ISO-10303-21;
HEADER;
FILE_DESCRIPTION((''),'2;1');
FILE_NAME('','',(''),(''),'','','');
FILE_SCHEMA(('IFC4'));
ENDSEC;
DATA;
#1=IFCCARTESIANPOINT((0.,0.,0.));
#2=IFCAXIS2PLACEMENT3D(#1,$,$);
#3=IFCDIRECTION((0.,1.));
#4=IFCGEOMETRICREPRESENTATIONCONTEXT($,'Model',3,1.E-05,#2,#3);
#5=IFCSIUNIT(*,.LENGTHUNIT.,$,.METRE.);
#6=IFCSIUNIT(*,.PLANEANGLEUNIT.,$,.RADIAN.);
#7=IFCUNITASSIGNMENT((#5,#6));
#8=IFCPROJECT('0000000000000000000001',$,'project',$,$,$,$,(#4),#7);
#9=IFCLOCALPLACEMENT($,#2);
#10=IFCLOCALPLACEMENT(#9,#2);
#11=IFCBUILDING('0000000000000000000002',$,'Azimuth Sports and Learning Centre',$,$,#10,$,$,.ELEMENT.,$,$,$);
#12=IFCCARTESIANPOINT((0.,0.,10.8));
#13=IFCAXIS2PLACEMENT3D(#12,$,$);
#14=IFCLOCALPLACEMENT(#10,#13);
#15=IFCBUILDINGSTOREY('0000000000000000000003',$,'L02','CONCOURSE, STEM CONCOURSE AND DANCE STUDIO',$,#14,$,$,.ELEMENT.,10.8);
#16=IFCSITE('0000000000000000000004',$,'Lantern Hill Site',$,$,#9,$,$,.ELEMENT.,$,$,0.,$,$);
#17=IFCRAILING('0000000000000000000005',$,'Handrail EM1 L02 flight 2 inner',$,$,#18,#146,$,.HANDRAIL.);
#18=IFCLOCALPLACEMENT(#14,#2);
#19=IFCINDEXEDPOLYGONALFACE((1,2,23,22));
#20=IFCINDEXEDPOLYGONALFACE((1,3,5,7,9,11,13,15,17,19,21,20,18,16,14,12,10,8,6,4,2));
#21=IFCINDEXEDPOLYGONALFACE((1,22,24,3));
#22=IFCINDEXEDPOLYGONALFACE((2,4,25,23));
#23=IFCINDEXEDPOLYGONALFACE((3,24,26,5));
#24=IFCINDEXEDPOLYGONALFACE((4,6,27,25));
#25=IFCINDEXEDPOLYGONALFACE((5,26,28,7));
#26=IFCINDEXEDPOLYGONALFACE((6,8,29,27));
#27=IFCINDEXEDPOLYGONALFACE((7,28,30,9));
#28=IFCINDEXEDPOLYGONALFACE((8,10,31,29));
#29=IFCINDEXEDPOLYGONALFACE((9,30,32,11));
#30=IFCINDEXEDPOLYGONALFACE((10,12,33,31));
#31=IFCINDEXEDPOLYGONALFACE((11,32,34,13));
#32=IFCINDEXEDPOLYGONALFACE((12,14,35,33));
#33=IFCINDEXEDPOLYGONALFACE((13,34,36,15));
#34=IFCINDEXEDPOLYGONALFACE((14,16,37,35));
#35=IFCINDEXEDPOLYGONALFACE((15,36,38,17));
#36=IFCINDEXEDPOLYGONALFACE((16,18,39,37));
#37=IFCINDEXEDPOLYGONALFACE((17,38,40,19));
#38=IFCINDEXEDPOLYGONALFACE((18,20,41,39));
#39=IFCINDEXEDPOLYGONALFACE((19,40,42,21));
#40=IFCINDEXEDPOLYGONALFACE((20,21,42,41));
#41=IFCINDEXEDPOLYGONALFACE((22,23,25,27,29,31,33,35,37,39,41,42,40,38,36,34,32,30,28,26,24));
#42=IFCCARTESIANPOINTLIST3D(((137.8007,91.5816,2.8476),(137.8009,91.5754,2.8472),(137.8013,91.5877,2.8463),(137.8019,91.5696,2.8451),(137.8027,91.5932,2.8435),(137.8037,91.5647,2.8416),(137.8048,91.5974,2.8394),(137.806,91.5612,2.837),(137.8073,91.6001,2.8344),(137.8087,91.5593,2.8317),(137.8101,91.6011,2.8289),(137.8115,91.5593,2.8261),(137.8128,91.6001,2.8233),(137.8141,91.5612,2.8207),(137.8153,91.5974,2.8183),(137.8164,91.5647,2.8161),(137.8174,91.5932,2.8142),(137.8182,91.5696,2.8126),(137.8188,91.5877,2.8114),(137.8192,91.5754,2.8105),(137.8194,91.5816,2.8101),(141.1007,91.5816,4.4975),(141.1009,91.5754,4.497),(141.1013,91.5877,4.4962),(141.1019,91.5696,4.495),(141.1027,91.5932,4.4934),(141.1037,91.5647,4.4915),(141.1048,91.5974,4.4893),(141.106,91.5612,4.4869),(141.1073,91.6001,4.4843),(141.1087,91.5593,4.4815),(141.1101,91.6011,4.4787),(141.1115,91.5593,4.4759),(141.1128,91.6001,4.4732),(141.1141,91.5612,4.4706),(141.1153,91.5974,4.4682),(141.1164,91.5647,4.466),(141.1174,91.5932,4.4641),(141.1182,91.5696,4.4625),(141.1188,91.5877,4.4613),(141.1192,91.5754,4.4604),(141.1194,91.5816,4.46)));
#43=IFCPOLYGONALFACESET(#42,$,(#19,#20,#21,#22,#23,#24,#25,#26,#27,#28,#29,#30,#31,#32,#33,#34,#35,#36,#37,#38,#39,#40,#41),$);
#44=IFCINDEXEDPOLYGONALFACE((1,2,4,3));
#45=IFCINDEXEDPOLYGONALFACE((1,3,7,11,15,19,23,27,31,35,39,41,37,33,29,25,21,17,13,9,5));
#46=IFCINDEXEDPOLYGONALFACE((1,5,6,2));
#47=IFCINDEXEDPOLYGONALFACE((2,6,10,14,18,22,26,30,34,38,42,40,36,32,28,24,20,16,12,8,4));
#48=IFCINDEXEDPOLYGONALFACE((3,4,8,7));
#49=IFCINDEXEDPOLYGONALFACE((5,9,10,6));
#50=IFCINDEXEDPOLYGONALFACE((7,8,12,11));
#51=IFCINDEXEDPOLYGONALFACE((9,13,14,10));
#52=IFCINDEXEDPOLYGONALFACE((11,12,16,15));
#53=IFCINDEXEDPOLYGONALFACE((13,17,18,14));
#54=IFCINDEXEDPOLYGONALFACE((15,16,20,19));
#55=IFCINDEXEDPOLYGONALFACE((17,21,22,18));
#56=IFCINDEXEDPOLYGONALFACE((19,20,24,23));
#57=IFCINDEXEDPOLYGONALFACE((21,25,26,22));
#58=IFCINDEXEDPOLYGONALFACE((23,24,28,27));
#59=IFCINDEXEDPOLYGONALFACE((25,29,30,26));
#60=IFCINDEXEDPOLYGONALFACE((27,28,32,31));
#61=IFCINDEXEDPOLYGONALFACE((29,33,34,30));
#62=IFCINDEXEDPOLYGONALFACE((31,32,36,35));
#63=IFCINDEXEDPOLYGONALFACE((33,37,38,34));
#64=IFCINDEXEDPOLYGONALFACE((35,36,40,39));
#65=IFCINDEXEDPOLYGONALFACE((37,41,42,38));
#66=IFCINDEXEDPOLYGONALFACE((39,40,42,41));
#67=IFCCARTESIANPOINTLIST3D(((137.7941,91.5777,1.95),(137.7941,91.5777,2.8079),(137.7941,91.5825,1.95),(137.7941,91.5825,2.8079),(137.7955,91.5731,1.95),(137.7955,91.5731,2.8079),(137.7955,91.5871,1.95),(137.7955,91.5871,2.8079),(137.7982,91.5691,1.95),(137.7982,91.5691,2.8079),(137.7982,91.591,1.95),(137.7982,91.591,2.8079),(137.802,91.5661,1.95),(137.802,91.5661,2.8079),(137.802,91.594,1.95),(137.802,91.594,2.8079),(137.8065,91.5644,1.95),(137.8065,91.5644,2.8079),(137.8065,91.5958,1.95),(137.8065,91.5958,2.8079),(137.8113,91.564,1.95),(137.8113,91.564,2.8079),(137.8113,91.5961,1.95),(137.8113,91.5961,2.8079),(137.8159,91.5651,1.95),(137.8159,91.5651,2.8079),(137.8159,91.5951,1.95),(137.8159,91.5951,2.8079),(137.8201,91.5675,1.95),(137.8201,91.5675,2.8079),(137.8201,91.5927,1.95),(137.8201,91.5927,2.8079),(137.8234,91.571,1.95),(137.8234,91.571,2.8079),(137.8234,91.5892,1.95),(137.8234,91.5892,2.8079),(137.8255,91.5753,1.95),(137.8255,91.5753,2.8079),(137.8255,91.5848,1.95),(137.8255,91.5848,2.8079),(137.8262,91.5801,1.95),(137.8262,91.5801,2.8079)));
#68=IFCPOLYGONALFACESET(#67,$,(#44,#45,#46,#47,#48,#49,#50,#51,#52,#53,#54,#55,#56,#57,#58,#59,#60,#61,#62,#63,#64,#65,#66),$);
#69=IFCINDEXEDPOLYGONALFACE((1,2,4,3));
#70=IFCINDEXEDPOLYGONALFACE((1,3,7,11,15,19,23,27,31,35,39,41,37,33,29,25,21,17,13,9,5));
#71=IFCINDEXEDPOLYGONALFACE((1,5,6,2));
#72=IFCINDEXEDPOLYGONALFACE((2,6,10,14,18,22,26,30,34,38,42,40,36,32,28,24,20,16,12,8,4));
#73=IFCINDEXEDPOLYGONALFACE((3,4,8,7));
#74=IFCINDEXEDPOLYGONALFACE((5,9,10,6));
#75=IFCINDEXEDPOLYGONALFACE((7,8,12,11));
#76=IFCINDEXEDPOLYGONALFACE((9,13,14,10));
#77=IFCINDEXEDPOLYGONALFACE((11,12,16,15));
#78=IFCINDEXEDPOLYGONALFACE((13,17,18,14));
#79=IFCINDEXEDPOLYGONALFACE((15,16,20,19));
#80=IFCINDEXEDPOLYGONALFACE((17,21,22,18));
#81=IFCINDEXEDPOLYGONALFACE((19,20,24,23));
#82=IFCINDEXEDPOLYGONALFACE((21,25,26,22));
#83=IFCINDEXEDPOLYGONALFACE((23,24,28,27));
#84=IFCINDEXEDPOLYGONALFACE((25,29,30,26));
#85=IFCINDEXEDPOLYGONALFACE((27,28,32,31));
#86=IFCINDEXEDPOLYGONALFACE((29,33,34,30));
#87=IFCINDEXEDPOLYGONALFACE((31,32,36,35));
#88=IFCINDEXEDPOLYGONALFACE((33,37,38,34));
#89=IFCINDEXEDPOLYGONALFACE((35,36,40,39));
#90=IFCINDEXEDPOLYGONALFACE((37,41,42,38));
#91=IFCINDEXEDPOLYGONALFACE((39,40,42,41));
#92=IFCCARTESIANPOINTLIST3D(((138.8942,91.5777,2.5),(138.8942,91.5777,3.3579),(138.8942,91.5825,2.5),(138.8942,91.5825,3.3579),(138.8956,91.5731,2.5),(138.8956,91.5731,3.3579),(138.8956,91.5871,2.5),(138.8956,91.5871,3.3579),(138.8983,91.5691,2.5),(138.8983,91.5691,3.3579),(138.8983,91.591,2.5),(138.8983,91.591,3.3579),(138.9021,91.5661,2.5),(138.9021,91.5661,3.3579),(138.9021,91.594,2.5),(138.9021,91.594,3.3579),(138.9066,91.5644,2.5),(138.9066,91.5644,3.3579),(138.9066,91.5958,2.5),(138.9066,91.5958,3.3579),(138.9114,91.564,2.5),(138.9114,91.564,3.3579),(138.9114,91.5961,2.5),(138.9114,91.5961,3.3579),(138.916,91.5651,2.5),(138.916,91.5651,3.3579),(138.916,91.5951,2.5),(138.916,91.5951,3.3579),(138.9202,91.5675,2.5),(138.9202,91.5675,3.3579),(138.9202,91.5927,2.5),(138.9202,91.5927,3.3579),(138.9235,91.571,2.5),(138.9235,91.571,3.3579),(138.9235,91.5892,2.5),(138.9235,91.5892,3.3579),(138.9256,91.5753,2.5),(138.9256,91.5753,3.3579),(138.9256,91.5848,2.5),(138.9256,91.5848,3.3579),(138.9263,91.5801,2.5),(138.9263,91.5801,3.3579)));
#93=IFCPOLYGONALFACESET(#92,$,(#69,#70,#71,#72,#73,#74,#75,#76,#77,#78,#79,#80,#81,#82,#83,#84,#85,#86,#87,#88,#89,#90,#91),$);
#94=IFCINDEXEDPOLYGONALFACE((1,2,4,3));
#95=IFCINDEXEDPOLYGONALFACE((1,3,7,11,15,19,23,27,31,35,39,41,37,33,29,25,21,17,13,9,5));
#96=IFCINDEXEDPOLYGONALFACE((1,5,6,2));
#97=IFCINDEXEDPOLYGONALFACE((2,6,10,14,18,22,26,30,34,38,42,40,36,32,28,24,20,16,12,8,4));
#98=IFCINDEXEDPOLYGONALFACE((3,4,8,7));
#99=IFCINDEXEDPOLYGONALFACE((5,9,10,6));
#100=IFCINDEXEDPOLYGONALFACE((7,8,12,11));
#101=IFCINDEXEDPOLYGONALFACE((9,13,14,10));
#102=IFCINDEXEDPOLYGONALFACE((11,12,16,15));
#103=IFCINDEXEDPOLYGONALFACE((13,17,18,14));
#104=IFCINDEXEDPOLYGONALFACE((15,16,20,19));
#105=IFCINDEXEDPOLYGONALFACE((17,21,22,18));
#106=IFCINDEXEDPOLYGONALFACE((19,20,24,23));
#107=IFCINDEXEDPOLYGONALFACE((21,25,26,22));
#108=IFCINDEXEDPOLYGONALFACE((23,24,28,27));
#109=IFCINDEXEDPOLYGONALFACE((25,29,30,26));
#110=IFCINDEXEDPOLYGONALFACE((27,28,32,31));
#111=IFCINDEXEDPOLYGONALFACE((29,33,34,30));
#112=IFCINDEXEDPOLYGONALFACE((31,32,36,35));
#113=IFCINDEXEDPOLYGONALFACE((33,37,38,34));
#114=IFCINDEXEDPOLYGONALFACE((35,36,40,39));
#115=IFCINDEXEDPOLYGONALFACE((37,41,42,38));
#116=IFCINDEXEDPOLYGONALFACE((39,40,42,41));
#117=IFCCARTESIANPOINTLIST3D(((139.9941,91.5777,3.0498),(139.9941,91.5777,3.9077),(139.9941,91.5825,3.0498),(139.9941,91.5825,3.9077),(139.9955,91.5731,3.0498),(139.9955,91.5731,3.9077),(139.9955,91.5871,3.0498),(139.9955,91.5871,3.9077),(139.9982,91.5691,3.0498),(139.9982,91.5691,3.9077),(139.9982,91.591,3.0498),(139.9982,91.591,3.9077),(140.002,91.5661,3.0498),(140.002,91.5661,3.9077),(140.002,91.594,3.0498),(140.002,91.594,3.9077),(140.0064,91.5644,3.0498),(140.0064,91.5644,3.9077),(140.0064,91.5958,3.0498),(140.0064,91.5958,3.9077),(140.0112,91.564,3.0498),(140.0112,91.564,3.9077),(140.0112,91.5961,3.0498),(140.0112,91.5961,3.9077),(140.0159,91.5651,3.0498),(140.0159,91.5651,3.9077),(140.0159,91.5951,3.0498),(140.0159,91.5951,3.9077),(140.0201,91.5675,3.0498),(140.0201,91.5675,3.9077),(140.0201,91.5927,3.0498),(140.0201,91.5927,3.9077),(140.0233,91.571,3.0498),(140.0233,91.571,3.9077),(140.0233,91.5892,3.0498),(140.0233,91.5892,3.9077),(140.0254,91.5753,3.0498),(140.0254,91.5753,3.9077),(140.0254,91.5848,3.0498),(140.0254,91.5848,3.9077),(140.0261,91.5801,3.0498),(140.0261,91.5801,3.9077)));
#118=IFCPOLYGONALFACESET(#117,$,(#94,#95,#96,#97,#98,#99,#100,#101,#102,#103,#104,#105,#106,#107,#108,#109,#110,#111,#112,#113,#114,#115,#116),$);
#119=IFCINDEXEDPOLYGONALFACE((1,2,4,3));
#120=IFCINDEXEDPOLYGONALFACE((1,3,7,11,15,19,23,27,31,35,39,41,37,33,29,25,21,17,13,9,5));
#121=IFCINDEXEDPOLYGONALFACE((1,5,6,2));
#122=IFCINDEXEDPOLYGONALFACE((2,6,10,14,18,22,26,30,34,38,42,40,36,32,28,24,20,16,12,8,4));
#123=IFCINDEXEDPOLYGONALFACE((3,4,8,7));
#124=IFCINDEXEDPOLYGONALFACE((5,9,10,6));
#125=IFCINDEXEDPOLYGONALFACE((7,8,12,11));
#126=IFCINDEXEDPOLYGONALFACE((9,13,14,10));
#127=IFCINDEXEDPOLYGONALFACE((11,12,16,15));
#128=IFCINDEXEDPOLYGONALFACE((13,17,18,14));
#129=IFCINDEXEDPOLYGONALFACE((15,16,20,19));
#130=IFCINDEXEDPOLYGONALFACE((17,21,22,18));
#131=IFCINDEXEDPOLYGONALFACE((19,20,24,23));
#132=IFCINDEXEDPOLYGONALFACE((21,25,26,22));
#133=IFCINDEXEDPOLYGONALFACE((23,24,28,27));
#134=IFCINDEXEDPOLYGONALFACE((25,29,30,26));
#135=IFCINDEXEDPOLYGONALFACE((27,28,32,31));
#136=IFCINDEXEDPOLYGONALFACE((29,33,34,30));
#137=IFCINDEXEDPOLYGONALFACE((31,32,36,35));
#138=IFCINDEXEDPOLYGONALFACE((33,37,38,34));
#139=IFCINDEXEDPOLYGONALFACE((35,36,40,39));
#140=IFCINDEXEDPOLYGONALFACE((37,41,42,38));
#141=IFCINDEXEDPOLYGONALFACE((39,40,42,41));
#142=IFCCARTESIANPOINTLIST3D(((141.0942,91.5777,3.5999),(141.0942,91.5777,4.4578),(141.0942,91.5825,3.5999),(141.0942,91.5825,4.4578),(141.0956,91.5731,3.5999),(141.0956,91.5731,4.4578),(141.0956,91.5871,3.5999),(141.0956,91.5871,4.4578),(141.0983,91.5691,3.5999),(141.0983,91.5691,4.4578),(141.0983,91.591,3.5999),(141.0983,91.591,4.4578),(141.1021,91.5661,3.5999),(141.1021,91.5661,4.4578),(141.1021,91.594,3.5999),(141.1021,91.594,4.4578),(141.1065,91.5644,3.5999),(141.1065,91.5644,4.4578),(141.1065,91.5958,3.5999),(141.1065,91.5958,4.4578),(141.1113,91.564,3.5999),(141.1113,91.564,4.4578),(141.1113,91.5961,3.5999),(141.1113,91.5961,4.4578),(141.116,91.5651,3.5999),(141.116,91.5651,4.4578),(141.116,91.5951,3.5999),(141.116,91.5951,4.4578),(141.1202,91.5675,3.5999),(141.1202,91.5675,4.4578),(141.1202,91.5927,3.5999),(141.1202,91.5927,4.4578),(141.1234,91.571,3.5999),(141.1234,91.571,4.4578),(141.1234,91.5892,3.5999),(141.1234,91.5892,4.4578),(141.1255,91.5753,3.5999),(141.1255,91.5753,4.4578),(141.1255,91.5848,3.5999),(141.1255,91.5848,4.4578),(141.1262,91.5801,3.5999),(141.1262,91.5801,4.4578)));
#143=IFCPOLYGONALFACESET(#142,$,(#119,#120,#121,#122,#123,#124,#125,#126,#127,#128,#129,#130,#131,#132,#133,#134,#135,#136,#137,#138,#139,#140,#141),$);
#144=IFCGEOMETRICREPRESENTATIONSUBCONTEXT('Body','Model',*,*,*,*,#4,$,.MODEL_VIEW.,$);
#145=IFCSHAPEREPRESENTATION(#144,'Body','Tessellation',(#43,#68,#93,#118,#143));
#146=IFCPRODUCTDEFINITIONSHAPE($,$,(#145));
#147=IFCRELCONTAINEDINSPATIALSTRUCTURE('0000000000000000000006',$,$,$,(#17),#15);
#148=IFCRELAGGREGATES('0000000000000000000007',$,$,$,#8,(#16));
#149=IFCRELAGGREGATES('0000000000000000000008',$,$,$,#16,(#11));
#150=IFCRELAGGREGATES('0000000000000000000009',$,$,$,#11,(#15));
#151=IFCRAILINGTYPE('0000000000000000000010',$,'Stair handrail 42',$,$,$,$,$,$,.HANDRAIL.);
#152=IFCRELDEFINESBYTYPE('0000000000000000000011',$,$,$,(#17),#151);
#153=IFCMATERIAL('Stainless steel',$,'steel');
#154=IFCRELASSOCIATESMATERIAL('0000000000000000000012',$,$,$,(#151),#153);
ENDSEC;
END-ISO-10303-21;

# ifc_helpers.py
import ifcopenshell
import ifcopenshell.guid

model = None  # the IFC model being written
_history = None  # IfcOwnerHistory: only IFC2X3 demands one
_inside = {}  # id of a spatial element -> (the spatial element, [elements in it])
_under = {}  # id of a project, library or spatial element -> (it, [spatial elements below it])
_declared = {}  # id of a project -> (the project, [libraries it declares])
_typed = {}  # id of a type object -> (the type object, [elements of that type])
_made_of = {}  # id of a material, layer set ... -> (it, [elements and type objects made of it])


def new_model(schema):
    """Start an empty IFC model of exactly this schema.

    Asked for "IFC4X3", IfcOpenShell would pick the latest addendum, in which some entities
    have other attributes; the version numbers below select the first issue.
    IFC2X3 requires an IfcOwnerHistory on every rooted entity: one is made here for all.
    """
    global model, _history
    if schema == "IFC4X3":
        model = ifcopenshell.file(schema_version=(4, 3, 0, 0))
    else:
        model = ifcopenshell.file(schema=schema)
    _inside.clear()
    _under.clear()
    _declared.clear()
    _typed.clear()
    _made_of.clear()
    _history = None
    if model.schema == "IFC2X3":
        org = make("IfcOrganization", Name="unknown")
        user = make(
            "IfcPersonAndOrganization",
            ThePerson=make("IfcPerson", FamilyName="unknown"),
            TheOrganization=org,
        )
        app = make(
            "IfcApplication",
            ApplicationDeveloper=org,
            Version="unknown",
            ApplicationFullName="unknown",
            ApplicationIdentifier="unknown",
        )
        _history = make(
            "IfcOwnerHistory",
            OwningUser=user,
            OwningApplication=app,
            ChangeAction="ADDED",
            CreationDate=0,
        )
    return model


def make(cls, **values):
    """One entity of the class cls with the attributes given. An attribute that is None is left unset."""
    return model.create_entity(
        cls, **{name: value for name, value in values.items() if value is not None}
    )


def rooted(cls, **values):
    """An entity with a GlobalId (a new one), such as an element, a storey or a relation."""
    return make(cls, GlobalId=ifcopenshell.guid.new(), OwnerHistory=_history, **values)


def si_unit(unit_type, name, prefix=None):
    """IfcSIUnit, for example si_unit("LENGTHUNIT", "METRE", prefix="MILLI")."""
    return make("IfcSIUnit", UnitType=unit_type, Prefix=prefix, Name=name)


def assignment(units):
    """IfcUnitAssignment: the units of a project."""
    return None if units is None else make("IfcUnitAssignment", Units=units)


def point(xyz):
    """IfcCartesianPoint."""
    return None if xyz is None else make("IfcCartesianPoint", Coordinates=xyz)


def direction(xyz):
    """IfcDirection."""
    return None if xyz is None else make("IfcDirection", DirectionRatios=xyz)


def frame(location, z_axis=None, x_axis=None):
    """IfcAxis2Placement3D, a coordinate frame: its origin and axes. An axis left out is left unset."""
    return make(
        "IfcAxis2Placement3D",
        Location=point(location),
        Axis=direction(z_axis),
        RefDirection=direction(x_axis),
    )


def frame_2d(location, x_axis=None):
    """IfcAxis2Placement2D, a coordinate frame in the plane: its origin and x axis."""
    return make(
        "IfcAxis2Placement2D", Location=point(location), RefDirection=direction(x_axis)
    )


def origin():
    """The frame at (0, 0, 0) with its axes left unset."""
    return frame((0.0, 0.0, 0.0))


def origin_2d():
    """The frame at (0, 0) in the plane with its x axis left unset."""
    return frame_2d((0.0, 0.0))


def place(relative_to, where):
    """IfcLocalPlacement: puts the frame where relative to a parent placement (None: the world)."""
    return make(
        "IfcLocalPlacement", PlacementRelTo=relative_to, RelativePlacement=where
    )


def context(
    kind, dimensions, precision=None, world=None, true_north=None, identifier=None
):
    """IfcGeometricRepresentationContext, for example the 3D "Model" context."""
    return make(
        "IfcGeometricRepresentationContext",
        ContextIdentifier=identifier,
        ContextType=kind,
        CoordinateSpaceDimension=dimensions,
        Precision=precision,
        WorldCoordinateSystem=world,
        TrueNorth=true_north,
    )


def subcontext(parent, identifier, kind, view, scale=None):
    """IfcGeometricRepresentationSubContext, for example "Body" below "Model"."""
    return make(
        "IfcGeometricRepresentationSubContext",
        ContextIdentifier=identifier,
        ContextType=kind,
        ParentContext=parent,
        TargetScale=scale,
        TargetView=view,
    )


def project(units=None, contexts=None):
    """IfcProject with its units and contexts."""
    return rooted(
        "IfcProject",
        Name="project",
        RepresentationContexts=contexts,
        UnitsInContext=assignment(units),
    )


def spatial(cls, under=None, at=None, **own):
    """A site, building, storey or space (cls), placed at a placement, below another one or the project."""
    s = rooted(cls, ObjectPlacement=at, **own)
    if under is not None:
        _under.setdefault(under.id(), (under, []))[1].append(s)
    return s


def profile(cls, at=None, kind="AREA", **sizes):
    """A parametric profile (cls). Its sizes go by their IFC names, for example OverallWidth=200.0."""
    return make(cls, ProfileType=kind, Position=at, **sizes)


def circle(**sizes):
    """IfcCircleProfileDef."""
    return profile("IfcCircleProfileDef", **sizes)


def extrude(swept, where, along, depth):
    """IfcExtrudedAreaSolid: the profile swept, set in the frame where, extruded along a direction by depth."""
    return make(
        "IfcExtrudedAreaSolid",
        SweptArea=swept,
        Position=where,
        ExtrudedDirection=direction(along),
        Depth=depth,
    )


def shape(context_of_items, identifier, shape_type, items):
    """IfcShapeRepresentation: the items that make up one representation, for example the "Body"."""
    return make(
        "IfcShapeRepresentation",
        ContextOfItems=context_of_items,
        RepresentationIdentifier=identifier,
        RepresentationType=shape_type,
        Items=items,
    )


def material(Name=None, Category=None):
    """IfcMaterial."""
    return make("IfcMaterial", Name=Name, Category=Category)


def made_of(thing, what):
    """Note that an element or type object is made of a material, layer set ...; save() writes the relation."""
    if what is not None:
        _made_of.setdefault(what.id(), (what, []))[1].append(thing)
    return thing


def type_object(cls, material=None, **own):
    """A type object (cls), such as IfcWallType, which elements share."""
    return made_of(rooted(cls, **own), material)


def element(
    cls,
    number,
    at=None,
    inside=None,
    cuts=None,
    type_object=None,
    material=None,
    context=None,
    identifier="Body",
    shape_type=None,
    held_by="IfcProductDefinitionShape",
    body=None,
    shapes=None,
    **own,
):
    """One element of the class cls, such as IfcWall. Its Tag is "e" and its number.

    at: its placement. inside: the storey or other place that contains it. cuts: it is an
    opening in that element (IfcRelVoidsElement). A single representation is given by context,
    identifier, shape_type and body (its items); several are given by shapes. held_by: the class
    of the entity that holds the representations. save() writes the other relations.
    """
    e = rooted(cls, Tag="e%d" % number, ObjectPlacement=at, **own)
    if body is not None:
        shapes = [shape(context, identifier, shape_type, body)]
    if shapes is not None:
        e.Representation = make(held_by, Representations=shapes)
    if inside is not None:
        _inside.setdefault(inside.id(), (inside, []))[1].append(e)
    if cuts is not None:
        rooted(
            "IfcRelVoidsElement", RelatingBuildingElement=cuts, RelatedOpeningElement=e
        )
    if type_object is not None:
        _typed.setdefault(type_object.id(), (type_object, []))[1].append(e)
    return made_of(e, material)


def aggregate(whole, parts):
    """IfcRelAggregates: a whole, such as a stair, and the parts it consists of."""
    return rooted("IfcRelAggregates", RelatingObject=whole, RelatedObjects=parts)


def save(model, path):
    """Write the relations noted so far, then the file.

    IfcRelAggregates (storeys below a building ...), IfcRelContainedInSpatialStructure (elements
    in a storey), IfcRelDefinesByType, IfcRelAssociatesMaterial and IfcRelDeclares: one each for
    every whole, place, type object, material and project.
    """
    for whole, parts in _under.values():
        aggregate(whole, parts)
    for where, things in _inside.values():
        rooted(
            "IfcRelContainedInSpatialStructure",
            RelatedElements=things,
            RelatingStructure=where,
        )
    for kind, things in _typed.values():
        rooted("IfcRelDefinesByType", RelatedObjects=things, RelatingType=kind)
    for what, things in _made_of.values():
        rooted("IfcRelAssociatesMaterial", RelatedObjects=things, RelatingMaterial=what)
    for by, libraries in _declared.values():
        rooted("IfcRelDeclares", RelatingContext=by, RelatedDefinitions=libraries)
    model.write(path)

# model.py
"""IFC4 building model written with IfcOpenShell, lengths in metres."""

from ifc_helpers import new_model, si_unit, direction, frame, origin, origin_2d, place, context, subcontext, project, spatial, circle, extrude, material, type_object, element, save


model = new_model("IFC4")

# Units and contexts
model_context = context("Model", 3, precision=1e-05, world=origin(), true_north=direction((0.0, 1.0)))
body_context = subcontext(model_context, "Body", "Model", "MODEL_VIEW")
ifc_project = project(units=[si_unit("LENGTHUNIT", "METRE"), si_unit("PLANEANGLEUNIT", "RADIAN")], contexts=[model_context])

# Site, building, storey
site_placement = place(None, origin())
site = spatial("IfcSite", under=ifc_project, at=site_placement, Name="Lantern Hill Site", CompositionType="ELEMENT", RefElevation=0.0)
building_placement = place(site_placement, origin())
building = spatial("IfcBuilding", under=site, at=building_placement, Name="Azimuth Sports and Learning Centre", CompositionType="ELEMENT")
storey_placement = place(building_placement, frame((0.0, 0.0, 10.8)))
storey = spatial("IfcBuildingStorey", under=building, at=storey_placement, Name="L02", Description="CONCOURSE, STEM CONCOURSE AND DANCE STUDIO", CompositionType="ELEMENT", Elevation=10.8)

# Railing
ifc_material_1 = material(Name="Stainless steel", Category="steel")
railing_type = type_object("IfcRailingType", Name="Stair handrail 42", PredefinedType="HANDRAIL", material=ifc_material_1)
for number, where, name in (
    (1, (137.8101, 91.5801, 1.95), "Handrail EM1 L02 flight 2 inner"),
):
    element("IfcRailing", number, at=place(storey_placement, frame(where)), inside=storey, type_object=railing_type, Name=name, PredefinedType="HANDRAIL", context=body_context, shape_type="SweptSolid", body=[
        extrude(circle(Radius=0.021, at=origin_2d()), frame((0.0, 0.0, 0.8789), z_axis=(0.89444, 0.0, 0.447187), x_axis=(0.0, 1.0, 0.0)), (0.0, 0.0, 1.0), 3.6895),
        extrude(circle(Radius=0.0161, at=origin_2d()), origin(), (0.0, 0.0, 1.0), 0.8579),
        extrude(circle(Radius=0.0161, at=origin_2d()), frame((1.1001, 0.0, 0.55)), (0.0, 0.0, 1.0), 0.8579),
        extrude(circle(Radius=0.0161, at=origin_2d()), frame((2.2, 0.0, 1.0999)), (0.0, 0.0, 1.0), 0.8579),
        extrude(circle(Radius=0.0161, at=origin_2d()), frame((3.3, 0.0, 1.6499)), (0.0, 0.0, 1.0), 0.8579),
    ])

save(model, "model.ifc")
